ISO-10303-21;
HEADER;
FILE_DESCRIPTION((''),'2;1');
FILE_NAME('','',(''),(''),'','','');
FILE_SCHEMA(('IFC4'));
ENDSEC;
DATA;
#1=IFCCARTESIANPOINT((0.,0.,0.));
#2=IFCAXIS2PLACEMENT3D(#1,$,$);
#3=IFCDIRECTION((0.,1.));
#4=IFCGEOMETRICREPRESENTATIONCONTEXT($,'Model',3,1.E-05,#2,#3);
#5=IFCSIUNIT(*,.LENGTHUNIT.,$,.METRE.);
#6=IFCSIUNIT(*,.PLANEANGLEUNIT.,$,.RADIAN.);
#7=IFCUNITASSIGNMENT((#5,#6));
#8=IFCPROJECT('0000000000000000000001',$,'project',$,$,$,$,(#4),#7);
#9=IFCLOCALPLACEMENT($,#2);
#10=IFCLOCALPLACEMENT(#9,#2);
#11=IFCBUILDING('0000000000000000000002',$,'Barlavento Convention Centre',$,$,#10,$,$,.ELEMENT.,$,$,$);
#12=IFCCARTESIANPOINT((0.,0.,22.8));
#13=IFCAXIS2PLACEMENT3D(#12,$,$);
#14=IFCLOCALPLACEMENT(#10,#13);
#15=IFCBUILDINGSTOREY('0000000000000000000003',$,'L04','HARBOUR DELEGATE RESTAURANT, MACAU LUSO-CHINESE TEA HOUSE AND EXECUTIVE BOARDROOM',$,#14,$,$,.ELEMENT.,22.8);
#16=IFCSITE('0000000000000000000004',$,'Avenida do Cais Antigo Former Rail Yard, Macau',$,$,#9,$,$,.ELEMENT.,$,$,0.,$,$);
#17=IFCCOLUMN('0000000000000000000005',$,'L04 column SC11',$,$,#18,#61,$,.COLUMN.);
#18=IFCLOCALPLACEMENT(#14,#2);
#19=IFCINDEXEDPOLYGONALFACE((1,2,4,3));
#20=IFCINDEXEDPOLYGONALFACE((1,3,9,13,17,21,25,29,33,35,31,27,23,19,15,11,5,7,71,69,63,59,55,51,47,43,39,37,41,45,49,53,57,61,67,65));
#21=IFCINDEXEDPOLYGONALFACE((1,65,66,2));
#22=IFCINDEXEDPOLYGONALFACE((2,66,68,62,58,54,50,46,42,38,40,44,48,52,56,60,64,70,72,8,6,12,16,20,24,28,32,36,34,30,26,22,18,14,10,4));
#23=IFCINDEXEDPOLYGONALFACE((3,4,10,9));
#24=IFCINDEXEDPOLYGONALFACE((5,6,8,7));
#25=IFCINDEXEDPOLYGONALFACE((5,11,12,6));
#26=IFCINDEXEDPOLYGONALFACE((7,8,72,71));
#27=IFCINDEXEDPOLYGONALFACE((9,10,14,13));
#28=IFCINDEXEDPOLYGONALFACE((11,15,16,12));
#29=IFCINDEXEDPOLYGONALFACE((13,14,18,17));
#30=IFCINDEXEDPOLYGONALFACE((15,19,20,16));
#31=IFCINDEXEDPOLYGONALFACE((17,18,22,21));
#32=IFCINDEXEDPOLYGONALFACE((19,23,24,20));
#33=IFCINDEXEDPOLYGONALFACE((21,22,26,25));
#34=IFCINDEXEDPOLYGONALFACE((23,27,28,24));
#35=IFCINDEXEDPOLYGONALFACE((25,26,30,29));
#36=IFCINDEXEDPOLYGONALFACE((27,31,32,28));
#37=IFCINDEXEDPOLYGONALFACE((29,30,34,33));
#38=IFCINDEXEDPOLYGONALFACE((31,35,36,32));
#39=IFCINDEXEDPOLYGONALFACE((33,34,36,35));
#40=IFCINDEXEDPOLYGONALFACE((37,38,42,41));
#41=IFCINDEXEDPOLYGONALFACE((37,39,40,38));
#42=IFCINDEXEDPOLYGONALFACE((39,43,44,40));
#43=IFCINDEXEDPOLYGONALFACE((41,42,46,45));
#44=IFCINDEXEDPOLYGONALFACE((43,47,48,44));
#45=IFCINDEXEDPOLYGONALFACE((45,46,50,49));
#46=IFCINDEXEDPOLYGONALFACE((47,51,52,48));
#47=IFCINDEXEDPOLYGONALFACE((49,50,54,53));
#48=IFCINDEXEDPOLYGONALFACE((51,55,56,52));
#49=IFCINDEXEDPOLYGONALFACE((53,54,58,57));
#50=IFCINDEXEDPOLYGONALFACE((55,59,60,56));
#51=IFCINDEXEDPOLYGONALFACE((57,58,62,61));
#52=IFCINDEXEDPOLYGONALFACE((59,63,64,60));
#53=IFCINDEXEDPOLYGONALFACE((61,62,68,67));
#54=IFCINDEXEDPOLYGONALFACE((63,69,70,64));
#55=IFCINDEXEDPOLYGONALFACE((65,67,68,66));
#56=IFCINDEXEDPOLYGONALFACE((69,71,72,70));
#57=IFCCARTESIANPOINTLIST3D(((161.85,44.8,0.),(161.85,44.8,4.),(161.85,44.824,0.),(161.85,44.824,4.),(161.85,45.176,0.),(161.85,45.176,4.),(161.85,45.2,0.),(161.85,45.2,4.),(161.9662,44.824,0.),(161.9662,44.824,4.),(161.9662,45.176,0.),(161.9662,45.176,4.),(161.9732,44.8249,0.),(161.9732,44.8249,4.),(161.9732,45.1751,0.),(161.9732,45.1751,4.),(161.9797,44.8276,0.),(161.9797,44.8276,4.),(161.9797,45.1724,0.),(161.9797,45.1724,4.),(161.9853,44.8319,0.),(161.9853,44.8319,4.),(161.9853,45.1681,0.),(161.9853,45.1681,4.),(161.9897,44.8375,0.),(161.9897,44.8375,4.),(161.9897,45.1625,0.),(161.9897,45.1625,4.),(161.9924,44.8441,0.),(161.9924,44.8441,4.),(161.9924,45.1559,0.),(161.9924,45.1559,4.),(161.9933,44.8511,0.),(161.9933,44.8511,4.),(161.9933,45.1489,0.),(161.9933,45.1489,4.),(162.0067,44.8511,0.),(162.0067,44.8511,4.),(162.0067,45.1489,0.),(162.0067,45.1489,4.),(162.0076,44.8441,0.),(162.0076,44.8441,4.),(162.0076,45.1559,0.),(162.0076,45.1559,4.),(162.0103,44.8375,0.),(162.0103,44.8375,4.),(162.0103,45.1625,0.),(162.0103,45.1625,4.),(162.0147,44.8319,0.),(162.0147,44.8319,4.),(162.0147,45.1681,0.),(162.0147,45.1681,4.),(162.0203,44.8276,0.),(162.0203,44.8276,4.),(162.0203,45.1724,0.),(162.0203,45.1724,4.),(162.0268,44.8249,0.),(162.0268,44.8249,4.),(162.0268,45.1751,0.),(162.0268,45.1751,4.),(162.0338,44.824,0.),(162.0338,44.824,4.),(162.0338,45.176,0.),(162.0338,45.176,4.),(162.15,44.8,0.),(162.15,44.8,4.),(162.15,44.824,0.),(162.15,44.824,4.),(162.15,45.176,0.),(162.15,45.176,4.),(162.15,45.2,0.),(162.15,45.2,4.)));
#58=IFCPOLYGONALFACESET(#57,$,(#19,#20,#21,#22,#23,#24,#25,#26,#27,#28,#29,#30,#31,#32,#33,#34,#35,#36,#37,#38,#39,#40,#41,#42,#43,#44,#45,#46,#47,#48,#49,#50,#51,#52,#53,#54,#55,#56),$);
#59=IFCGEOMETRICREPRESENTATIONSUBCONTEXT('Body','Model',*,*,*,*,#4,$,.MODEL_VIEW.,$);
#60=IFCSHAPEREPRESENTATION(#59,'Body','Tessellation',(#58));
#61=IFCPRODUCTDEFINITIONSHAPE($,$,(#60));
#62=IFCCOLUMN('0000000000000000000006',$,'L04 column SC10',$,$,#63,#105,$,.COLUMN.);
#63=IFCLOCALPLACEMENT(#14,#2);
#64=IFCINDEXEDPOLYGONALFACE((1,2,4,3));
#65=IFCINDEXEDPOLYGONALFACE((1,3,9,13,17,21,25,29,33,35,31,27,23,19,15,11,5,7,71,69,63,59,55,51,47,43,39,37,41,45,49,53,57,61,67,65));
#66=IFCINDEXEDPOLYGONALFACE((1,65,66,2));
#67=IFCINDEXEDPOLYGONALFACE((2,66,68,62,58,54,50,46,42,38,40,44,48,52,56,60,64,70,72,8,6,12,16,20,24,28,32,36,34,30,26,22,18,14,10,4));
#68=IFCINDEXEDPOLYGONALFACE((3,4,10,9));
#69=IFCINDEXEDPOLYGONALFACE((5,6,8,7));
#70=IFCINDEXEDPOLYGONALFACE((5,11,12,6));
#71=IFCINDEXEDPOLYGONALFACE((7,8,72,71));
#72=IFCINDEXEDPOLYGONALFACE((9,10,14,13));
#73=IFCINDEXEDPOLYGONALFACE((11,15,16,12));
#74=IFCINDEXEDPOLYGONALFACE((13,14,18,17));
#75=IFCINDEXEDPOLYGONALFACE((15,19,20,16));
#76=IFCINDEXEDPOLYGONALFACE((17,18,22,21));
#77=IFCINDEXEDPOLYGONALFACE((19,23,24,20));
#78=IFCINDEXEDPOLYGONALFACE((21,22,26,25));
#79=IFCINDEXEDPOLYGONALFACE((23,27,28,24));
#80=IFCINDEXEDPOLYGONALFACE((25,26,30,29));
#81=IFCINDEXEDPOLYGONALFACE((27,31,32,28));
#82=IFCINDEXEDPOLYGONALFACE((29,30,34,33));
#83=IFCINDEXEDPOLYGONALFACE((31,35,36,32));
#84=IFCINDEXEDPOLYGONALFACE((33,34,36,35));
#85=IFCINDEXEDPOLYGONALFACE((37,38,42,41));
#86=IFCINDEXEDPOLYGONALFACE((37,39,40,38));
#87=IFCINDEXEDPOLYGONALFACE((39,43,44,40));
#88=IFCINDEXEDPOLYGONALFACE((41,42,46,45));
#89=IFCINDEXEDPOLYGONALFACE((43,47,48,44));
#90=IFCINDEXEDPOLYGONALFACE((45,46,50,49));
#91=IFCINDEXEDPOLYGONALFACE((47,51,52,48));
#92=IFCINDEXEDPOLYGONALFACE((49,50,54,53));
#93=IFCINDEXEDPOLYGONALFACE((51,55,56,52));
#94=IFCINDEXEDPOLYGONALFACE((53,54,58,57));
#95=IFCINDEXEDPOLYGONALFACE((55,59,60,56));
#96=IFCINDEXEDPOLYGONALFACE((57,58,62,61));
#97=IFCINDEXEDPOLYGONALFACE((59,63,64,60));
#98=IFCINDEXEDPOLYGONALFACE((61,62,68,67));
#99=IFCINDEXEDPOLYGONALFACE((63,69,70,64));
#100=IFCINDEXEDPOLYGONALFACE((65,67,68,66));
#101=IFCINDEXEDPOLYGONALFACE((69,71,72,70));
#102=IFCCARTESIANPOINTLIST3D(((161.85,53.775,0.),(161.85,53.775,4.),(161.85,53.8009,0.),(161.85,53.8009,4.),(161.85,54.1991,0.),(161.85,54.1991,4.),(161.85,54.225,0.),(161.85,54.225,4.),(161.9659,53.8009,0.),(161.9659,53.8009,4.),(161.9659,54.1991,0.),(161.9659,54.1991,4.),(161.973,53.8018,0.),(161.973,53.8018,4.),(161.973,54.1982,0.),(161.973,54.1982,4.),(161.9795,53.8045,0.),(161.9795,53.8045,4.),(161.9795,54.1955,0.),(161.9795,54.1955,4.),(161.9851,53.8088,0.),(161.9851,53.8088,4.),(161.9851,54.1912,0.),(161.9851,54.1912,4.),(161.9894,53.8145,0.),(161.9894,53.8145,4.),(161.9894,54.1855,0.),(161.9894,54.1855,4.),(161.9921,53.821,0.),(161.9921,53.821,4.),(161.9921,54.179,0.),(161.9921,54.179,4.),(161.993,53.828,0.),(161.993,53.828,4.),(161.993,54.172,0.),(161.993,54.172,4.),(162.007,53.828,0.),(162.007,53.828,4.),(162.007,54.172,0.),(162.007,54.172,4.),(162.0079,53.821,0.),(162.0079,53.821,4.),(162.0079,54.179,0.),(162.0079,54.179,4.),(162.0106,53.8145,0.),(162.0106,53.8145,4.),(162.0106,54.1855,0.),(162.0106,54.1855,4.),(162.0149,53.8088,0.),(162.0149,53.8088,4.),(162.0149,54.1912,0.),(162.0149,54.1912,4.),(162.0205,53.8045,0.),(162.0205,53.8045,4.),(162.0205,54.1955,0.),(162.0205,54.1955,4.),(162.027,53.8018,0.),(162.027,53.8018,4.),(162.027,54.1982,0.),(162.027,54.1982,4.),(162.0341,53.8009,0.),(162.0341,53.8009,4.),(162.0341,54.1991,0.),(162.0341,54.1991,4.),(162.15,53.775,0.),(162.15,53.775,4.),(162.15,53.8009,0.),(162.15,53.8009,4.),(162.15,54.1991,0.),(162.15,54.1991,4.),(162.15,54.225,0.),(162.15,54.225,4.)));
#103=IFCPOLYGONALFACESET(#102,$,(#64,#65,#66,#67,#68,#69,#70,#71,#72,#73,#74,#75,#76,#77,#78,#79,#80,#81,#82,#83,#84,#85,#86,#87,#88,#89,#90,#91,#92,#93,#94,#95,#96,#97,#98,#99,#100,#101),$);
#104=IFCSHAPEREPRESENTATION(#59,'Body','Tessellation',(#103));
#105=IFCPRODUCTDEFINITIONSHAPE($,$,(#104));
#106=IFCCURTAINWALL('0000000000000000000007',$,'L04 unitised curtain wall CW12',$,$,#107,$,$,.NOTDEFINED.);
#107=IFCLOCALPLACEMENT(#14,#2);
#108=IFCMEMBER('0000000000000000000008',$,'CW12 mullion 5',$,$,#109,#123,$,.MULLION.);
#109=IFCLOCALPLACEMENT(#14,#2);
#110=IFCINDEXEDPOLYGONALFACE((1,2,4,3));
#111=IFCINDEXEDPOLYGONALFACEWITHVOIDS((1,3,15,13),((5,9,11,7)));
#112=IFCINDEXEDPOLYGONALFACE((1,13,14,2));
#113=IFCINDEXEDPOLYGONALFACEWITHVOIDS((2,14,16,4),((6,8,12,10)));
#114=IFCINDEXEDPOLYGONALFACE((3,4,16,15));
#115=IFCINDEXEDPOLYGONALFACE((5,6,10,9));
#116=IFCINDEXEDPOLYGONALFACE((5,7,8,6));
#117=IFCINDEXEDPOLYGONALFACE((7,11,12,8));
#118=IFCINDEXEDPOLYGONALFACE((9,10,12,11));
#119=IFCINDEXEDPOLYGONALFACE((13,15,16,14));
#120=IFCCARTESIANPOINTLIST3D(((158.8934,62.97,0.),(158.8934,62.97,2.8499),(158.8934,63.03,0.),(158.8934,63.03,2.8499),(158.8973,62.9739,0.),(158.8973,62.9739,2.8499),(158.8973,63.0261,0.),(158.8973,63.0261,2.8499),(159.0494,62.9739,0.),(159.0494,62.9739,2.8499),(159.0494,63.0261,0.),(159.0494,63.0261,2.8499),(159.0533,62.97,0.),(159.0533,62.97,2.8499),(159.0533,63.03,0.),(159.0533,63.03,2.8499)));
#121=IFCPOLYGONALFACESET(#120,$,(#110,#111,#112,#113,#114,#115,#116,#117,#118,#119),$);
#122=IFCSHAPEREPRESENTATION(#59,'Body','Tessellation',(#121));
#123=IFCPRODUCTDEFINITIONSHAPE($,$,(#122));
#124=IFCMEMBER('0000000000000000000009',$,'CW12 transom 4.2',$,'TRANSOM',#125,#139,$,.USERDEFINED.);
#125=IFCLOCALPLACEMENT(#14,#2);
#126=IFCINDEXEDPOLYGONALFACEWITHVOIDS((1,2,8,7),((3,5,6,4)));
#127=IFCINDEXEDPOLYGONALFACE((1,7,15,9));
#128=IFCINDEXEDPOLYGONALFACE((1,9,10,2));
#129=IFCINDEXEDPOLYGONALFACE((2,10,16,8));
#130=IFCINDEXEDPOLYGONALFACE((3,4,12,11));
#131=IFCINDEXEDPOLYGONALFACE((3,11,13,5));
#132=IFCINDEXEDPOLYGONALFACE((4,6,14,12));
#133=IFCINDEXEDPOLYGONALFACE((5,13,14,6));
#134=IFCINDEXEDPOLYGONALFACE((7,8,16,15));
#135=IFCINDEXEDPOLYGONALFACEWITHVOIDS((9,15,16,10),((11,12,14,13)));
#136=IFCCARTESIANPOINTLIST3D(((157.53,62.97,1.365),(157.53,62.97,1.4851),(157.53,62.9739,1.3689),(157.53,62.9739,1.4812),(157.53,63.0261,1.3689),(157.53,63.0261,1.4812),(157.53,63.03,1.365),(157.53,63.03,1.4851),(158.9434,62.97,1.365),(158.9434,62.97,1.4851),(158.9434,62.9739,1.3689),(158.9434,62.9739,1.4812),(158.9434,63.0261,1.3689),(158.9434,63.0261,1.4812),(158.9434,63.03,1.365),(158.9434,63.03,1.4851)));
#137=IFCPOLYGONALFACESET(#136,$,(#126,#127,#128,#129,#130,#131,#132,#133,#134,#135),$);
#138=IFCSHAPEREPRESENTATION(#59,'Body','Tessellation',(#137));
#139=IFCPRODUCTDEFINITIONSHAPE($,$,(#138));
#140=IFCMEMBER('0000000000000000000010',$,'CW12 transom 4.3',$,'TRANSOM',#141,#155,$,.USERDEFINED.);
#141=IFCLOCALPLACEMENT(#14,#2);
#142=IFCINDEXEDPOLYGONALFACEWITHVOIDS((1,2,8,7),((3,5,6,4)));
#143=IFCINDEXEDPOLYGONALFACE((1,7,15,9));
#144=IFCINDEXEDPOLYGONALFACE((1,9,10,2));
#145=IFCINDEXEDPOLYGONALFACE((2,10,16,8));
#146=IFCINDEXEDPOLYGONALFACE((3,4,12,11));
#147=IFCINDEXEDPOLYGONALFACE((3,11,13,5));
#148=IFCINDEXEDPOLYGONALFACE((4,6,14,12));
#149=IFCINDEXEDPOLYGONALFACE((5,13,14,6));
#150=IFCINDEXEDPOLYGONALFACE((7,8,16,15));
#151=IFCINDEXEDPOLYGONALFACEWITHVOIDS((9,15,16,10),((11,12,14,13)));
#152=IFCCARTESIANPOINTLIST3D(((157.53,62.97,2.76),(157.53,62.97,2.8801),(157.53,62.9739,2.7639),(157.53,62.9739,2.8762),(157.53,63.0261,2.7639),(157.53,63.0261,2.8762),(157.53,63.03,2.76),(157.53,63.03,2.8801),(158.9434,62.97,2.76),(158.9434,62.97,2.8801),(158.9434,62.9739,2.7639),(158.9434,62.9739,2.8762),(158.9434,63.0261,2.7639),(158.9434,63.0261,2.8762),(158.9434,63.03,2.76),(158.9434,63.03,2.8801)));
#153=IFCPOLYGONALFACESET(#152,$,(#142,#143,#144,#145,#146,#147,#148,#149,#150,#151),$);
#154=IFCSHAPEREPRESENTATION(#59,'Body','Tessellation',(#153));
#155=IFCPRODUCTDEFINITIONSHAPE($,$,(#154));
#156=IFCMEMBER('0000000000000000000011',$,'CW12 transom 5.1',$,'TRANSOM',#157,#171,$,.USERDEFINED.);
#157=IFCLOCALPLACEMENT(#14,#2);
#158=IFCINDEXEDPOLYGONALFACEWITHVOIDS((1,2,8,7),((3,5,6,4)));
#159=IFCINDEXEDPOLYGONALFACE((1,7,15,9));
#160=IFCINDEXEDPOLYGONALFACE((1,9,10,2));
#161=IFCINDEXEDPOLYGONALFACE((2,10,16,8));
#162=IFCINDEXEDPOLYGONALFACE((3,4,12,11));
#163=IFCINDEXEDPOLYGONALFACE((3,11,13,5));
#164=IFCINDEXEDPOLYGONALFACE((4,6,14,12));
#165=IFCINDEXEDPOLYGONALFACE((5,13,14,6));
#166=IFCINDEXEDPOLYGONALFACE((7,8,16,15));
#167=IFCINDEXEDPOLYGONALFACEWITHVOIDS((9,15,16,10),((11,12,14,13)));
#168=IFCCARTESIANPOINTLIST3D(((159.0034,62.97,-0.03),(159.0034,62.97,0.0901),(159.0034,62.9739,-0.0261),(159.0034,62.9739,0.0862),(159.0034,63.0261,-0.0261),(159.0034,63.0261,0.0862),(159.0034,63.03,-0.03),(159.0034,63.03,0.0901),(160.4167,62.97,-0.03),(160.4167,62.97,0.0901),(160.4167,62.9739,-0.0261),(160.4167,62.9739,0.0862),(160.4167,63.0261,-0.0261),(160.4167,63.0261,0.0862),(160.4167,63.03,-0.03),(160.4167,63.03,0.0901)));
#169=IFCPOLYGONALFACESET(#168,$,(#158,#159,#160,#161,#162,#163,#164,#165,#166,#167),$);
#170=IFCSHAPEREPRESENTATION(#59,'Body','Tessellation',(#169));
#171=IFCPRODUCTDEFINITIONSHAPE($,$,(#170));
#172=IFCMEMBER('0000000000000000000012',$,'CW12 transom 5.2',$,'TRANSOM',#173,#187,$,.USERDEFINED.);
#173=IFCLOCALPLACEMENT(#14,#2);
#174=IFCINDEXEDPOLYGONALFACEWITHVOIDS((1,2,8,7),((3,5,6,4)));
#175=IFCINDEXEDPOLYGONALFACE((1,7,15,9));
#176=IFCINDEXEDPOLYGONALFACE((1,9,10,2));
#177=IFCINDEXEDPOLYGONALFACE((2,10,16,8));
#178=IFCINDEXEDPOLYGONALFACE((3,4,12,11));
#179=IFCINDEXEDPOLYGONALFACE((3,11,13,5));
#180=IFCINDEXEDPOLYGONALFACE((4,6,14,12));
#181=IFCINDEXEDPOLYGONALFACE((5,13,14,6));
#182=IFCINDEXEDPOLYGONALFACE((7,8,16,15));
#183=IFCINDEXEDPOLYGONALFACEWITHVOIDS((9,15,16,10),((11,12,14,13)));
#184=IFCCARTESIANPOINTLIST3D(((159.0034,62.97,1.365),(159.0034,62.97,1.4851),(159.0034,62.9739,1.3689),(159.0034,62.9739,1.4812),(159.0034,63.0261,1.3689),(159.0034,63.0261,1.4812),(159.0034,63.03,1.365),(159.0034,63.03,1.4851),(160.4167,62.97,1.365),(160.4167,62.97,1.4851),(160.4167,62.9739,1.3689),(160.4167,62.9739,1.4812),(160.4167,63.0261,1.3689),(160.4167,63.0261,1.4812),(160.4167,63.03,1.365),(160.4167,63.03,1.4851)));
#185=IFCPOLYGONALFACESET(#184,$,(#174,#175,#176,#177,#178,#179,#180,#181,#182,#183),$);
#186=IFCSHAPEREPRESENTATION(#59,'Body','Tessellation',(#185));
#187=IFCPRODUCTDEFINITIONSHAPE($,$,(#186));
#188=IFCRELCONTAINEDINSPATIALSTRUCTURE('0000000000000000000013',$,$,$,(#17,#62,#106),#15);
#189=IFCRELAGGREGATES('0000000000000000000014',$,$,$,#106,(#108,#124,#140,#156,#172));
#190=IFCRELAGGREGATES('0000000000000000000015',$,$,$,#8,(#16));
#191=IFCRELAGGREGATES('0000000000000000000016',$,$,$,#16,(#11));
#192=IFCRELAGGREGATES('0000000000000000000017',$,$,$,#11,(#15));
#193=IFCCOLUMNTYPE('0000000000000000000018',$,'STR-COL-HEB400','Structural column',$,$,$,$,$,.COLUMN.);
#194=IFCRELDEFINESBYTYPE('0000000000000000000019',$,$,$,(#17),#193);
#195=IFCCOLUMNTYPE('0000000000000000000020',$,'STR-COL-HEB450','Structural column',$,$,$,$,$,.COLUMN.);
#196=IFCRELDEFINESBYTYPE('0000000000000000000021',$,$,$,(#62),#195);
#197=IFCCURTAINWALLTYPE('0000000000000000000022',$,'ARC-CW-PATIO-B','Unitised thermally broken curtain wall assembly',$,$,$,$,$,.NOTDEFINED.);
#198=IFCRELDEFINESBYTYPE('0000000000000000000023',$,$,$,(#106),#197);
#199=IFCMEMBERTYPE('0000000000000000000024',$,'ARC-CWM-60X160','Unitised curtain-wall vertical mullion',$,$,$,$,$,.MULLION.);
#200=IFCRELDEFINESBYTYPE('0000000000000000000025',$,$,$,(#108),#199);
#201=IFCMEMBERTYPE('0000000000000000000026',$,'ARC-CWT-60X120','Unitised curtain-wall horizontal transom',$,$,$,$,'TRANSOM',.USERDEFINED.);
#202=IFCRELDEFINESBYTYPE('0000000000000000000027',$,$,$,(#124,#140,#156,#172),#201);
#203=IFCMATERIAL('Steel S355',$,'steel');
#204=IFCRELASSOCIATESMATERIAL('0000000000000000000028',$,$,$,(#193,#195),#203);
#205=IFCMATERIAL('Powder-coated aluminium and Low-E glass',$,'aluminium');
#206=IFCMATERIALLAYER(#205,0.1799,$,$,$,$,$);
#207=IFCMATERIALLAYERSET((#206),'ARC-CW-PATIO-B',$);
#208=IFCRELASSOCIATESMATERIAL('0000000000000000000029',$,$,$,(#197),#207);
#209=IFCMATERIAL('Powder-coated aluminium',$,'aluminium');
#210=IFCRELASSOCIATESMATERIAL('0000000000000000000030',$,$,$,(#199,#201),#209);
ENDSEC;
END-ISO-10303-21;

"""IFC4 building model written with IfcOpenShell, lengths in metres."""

from ifc_helpers import new_model, si_unit, direction, frame, origin, origin_2d, place, context, subcontext, project, spatial, hollow_rectangle, i_section, extrude, material, layer, layer_set, material_profile, profile_set, type_object, element, aggregate, save


model = new_model("IFC4")

# Units and contexts
model_context = context("Model", 3, precision=1e-05, world=origin(), true_north=direction((0.0, 1.0)))
body_context = subcontext(model_context, "Body", "Model", "MODEL_VIEW")
ifc_project = project(units=[si_unit("LENGTHUNIT", "METRE"), si_unit("PLANEANGLEUNIT", "RADIAN")], contexts=[model_context])

# Site, building, storey
site_placement = place(None, origin())
site = spatial("IfcSite", under=ifc_project, at=site_placement, Name="Avenida do Cais Antigo Former Rail Yard, Macau", CompositionType="ELEMENT", RefElevation=0.0)
building_placement = place(site_placement, origin())
building = spatial("IfcBuilding", under=site, at=building_placement, Name="Barlavento Convention Centre", CompositionType="ELEMENT")
storey_placement = place(building_placement, frame((0.0, 0.0, 22.8)))
storey = spatial("IfcBuildingStorey", under=building, at=storey_placement, Name="L04", Description="HARBOUR DELEGATE RESTAURANT, MACAU LUSO-CHINESE TEA HOUSE AND EXECUTIVE BOARDROOM", CompositionType="ELEMENT", Elevation=22.8)

# Columns
ifc_material_1 = material(Name="Steel S355", Category="steel")
ifc_material_profile_1 = material_profile(ifc_material_1, i_section(OverallWidth=0.3, OverallDepth=0.3999, WebThickness=0.0134, FlangeThickness=0.0239, FilletRadius=0.0271, at=origin_2d()), Name="HEB 400")
ifc_profile_set_1 = profile_set([ifc_material_profile_1], Name="Steel S355")
column_type_1 = type_object("IfcColumnType", Name="STR-COL-HEB400", Description="Structural column", PredefinedType="COLUMN", material=ifc_profile_set_1)
column_1_placement = place(storey_placement, frame((162.0, 45.0, 0.0), z_axis=(0.0, 0.0, 1.0), x_axis=(1.0, 0.0, 0.0)))
element("IfcColumn", 1, at=column_1_placement, inside=storey, type_object=column_type_1, Name="L04 column SC11", PredefinedType="COLUMN", context=body_context, shape_type="SweptSolid", body=[
    extrude(i_section(OverallWidth=0.3, OverallDepth=0.3999, WebThickness=0.0134, FlangeThickness=0.0239, FilletRadius=0.0271, at=origin_2d()), origin(), (0.0, 0.0, 1.0), 4.0),
])
ifc_material_profile_2 = material_profile(ifc_material_1, i_section(OverallWidth=0.3, OverallDepth=0.45, WebThickness=0.0139, FlangeThickness=0.0259, FilletRadius=0.0271, at=origin_2d()), Name="HEB 450")
ifc_profile_set_2 = profile_set([ifc_material_profile_2], Name="Steel S355")
column_type_2 = type_object("IfcColumnType", Name="STR-COL-HEB450", Description="Structural column", PredefinedType="COLUMN", material=ifc_profile_set_2)
column_2_placement = place(storey_placement, frame((162.0, 54.0, 0.0), z_axis=(0.0, 0.0, 1.0), x_axis=(1.0, 0.0, 0.0)))
element("IfcColumn", 2, at=column_2_placement, inside=storey, type_object=column_type_2, Name="L04 column SC10", PredefinedType="COLUMN", context=body_context, shape_type="SweptSolid", body=[
    extrude(i_section(OverallWidth=0.3, OverallDepth=0.45, WebThickness=0.0139, FlangeThickness=0.0259, FilletRadius=0.0271, at=origin_2d()), origin(), (0.0, 0.0, 1.0), 4.0),
])

# Curtain wall, members
ifc_material_2 = material(Name="Powder-coated aluminium and Low-E glass", Category="aluminium")
ifc_layer_1 = layer(ifc_material_2, 0.1799)
ifc_layer_set_1 = layer_set([ifc_layer_1], Name="ARC-CW-PATIO-B")
curtain_wall_type = type_object("IfcCurtainWallType", Name="ARC-CW-PATIO-B", Description="Unitised thermally broken curtain wall assembly", PredefinedType="NOTDEFINED", material=ifc_layer_set_1)
curtain_wall_placement = place(storey_placement, origin())
curtain_wall = element("IfcCurtainWall", 3, at=curtain_wall_placement, inside=storey, type_object=curtain_wall_type, Name="L04 unitised curtain wall CW12", PredefinedType="NOTDEFINED")
ifc_material_3 = material(Name="Powder-coated aluminium", Category="aluminium")
ifc_material_profile_3 = material_profile(ifc_material_3, hollow_rectangle(XDim=0.0601, YDim=0.1599, WallThickness=0.0039, at=origin_2d()), Name="AL-MULL 60x160x4")
ifc_profile_set_3 = profile_set([ifc_material_profile_3], Name="Powder-coated aluminium")
member_type_1 = type_object("IfcMemberType", Name="ARC-CWM-60X160", Description="Unitised curtain-wall vertical mullion", PredefinedType="MULLION", material=ifc_profile_set_3)
member_1_placement = place(storey_placement, frame((158.9734, 63.0, 0.0), z_axis=(0.0, 0.0, 1.0), x_axis=(0.0, 1.0, 0.0)))
member_1 = element("IfcMember", 4, at=member_1_placement, type_object=member_type_1, Name="CW12 mullion 5", PredefinedType="MULLION", context=body_context, shape_type="SweptSolid", body=[
    extrude(hollow_rectangle(XDim=0.0601, YDim=0.1599, WallThickness=0.0039, at=origin_2d()), origin(), (0.0, 0.0, 1.0), 2.8499),
])
ifc_material_profile_4 = material_profile(ifc_material_3, hollow_rectangle(XDim=0.0601, YDim=0.1201, WallThickness=0.0039, at=origin_2d()), Name="AL-TRAN 60x120x4")
ifc_profile_set_4 = profile_set([ifc_material_profile_4], Name="Powder-coated aluminium")
member_type_2 = type_object("IfcMemberType", Name="ARC-CWT-60X120", Description="Unitised curtain-wall horizontal transom", ElementType="TRANSOM", PredefinedType="USERDEFINED", material=ifc_profile_set_4)
member_2_placement = place(storey_placement, frame((157.53, 63.0, 1.425), z_axis=(1.0, 0.0, 0.0), x_axis=(0.0, 1.0, 0.0)))
member_2 = element("IfcMember", 5, at=member_2_placement, type_object=member_type_2, Name="CW12 transom 4.2", ObjectType="TRANSOM", PredefinedType="USERDEFINED", context=body_context, shape_type="SweptSolid", body=[
    extrude(hollow_rectangle(XDim=0.0601, YDim=0.1201, WallThickness=0.0039, at=origin_2d()), origin(), (0.0, 0.0, 1.0), 1.4133),
])
member_3_placement = place(storey_placement, frame((157.53, 63.0, 2.8201), z_axis=(1.0, 0.0, 0.0), x_axis=(0.0, 1.0, 0.0)))
member_3 = element("IfcMember", 6, at=member_3_placement, type_object=member_type_2, Name="CW12 transom 4.3", ObjectType="TRANSOM", PredefinedType="USERDEFINED", context=body_context, shape_type="SweptSolid", body=[
    extrude(hollow_rectangle(XDim=0.0601, YDim=0.1201, WallThickness=0.0039, at=origin_2d()), origin(), (0.0, 0.0, 1.0), 1.4133),
])
member_4_placement = place(storey_placement, frame((159.0034, 63.0, 0.03), z_axis=(1.0, 0.0, 0.0), x_axis=(0.0, 1.0, 0.0)))
member_4 = element("IfcMember", 7, at=member_4_placement, type_object=member_type_2, Name="CW12 transom 5.1", ObjectType="TRANSOM", PredefinedType="USERDEFINED", context=body_context, shape_type="SweptSolid", body=[
    extrude(hollow_rectangle(XDim=0.0601, YDim=0.1201, WallThickness=0.0039, at=origin_2d()), origin(), (0.0, 0.0, 1.0), 1.4133),
])
member_5_placement = place(storey_placement, frame((159.0034, 63.0, 1.425), z_axis=(1.0, 0.0, 0.0), x_axis=(0.0, 1.0, 0.0)))
member_5 = element("IfcMember", 8, at=member_5_placement, type_object=member_type_2, Name="CW12 transom 5.2", ObjectType="TRANSOM", PredefinedType="USERDEFINED", context=body_context, shape_type="SweptSolid", body=[
    extrude(hollow_rectangle(XDim=0.0601, YDim=0.1201, WallThickness=0.0039, at=origin_2d()), origin(), (0.0, 0.0, 1.0), 1.4133),
])

aggregate(curtain_wall, [member_1, member_2, member_3, member_4, member_5])

save(model, "model.ifc")
